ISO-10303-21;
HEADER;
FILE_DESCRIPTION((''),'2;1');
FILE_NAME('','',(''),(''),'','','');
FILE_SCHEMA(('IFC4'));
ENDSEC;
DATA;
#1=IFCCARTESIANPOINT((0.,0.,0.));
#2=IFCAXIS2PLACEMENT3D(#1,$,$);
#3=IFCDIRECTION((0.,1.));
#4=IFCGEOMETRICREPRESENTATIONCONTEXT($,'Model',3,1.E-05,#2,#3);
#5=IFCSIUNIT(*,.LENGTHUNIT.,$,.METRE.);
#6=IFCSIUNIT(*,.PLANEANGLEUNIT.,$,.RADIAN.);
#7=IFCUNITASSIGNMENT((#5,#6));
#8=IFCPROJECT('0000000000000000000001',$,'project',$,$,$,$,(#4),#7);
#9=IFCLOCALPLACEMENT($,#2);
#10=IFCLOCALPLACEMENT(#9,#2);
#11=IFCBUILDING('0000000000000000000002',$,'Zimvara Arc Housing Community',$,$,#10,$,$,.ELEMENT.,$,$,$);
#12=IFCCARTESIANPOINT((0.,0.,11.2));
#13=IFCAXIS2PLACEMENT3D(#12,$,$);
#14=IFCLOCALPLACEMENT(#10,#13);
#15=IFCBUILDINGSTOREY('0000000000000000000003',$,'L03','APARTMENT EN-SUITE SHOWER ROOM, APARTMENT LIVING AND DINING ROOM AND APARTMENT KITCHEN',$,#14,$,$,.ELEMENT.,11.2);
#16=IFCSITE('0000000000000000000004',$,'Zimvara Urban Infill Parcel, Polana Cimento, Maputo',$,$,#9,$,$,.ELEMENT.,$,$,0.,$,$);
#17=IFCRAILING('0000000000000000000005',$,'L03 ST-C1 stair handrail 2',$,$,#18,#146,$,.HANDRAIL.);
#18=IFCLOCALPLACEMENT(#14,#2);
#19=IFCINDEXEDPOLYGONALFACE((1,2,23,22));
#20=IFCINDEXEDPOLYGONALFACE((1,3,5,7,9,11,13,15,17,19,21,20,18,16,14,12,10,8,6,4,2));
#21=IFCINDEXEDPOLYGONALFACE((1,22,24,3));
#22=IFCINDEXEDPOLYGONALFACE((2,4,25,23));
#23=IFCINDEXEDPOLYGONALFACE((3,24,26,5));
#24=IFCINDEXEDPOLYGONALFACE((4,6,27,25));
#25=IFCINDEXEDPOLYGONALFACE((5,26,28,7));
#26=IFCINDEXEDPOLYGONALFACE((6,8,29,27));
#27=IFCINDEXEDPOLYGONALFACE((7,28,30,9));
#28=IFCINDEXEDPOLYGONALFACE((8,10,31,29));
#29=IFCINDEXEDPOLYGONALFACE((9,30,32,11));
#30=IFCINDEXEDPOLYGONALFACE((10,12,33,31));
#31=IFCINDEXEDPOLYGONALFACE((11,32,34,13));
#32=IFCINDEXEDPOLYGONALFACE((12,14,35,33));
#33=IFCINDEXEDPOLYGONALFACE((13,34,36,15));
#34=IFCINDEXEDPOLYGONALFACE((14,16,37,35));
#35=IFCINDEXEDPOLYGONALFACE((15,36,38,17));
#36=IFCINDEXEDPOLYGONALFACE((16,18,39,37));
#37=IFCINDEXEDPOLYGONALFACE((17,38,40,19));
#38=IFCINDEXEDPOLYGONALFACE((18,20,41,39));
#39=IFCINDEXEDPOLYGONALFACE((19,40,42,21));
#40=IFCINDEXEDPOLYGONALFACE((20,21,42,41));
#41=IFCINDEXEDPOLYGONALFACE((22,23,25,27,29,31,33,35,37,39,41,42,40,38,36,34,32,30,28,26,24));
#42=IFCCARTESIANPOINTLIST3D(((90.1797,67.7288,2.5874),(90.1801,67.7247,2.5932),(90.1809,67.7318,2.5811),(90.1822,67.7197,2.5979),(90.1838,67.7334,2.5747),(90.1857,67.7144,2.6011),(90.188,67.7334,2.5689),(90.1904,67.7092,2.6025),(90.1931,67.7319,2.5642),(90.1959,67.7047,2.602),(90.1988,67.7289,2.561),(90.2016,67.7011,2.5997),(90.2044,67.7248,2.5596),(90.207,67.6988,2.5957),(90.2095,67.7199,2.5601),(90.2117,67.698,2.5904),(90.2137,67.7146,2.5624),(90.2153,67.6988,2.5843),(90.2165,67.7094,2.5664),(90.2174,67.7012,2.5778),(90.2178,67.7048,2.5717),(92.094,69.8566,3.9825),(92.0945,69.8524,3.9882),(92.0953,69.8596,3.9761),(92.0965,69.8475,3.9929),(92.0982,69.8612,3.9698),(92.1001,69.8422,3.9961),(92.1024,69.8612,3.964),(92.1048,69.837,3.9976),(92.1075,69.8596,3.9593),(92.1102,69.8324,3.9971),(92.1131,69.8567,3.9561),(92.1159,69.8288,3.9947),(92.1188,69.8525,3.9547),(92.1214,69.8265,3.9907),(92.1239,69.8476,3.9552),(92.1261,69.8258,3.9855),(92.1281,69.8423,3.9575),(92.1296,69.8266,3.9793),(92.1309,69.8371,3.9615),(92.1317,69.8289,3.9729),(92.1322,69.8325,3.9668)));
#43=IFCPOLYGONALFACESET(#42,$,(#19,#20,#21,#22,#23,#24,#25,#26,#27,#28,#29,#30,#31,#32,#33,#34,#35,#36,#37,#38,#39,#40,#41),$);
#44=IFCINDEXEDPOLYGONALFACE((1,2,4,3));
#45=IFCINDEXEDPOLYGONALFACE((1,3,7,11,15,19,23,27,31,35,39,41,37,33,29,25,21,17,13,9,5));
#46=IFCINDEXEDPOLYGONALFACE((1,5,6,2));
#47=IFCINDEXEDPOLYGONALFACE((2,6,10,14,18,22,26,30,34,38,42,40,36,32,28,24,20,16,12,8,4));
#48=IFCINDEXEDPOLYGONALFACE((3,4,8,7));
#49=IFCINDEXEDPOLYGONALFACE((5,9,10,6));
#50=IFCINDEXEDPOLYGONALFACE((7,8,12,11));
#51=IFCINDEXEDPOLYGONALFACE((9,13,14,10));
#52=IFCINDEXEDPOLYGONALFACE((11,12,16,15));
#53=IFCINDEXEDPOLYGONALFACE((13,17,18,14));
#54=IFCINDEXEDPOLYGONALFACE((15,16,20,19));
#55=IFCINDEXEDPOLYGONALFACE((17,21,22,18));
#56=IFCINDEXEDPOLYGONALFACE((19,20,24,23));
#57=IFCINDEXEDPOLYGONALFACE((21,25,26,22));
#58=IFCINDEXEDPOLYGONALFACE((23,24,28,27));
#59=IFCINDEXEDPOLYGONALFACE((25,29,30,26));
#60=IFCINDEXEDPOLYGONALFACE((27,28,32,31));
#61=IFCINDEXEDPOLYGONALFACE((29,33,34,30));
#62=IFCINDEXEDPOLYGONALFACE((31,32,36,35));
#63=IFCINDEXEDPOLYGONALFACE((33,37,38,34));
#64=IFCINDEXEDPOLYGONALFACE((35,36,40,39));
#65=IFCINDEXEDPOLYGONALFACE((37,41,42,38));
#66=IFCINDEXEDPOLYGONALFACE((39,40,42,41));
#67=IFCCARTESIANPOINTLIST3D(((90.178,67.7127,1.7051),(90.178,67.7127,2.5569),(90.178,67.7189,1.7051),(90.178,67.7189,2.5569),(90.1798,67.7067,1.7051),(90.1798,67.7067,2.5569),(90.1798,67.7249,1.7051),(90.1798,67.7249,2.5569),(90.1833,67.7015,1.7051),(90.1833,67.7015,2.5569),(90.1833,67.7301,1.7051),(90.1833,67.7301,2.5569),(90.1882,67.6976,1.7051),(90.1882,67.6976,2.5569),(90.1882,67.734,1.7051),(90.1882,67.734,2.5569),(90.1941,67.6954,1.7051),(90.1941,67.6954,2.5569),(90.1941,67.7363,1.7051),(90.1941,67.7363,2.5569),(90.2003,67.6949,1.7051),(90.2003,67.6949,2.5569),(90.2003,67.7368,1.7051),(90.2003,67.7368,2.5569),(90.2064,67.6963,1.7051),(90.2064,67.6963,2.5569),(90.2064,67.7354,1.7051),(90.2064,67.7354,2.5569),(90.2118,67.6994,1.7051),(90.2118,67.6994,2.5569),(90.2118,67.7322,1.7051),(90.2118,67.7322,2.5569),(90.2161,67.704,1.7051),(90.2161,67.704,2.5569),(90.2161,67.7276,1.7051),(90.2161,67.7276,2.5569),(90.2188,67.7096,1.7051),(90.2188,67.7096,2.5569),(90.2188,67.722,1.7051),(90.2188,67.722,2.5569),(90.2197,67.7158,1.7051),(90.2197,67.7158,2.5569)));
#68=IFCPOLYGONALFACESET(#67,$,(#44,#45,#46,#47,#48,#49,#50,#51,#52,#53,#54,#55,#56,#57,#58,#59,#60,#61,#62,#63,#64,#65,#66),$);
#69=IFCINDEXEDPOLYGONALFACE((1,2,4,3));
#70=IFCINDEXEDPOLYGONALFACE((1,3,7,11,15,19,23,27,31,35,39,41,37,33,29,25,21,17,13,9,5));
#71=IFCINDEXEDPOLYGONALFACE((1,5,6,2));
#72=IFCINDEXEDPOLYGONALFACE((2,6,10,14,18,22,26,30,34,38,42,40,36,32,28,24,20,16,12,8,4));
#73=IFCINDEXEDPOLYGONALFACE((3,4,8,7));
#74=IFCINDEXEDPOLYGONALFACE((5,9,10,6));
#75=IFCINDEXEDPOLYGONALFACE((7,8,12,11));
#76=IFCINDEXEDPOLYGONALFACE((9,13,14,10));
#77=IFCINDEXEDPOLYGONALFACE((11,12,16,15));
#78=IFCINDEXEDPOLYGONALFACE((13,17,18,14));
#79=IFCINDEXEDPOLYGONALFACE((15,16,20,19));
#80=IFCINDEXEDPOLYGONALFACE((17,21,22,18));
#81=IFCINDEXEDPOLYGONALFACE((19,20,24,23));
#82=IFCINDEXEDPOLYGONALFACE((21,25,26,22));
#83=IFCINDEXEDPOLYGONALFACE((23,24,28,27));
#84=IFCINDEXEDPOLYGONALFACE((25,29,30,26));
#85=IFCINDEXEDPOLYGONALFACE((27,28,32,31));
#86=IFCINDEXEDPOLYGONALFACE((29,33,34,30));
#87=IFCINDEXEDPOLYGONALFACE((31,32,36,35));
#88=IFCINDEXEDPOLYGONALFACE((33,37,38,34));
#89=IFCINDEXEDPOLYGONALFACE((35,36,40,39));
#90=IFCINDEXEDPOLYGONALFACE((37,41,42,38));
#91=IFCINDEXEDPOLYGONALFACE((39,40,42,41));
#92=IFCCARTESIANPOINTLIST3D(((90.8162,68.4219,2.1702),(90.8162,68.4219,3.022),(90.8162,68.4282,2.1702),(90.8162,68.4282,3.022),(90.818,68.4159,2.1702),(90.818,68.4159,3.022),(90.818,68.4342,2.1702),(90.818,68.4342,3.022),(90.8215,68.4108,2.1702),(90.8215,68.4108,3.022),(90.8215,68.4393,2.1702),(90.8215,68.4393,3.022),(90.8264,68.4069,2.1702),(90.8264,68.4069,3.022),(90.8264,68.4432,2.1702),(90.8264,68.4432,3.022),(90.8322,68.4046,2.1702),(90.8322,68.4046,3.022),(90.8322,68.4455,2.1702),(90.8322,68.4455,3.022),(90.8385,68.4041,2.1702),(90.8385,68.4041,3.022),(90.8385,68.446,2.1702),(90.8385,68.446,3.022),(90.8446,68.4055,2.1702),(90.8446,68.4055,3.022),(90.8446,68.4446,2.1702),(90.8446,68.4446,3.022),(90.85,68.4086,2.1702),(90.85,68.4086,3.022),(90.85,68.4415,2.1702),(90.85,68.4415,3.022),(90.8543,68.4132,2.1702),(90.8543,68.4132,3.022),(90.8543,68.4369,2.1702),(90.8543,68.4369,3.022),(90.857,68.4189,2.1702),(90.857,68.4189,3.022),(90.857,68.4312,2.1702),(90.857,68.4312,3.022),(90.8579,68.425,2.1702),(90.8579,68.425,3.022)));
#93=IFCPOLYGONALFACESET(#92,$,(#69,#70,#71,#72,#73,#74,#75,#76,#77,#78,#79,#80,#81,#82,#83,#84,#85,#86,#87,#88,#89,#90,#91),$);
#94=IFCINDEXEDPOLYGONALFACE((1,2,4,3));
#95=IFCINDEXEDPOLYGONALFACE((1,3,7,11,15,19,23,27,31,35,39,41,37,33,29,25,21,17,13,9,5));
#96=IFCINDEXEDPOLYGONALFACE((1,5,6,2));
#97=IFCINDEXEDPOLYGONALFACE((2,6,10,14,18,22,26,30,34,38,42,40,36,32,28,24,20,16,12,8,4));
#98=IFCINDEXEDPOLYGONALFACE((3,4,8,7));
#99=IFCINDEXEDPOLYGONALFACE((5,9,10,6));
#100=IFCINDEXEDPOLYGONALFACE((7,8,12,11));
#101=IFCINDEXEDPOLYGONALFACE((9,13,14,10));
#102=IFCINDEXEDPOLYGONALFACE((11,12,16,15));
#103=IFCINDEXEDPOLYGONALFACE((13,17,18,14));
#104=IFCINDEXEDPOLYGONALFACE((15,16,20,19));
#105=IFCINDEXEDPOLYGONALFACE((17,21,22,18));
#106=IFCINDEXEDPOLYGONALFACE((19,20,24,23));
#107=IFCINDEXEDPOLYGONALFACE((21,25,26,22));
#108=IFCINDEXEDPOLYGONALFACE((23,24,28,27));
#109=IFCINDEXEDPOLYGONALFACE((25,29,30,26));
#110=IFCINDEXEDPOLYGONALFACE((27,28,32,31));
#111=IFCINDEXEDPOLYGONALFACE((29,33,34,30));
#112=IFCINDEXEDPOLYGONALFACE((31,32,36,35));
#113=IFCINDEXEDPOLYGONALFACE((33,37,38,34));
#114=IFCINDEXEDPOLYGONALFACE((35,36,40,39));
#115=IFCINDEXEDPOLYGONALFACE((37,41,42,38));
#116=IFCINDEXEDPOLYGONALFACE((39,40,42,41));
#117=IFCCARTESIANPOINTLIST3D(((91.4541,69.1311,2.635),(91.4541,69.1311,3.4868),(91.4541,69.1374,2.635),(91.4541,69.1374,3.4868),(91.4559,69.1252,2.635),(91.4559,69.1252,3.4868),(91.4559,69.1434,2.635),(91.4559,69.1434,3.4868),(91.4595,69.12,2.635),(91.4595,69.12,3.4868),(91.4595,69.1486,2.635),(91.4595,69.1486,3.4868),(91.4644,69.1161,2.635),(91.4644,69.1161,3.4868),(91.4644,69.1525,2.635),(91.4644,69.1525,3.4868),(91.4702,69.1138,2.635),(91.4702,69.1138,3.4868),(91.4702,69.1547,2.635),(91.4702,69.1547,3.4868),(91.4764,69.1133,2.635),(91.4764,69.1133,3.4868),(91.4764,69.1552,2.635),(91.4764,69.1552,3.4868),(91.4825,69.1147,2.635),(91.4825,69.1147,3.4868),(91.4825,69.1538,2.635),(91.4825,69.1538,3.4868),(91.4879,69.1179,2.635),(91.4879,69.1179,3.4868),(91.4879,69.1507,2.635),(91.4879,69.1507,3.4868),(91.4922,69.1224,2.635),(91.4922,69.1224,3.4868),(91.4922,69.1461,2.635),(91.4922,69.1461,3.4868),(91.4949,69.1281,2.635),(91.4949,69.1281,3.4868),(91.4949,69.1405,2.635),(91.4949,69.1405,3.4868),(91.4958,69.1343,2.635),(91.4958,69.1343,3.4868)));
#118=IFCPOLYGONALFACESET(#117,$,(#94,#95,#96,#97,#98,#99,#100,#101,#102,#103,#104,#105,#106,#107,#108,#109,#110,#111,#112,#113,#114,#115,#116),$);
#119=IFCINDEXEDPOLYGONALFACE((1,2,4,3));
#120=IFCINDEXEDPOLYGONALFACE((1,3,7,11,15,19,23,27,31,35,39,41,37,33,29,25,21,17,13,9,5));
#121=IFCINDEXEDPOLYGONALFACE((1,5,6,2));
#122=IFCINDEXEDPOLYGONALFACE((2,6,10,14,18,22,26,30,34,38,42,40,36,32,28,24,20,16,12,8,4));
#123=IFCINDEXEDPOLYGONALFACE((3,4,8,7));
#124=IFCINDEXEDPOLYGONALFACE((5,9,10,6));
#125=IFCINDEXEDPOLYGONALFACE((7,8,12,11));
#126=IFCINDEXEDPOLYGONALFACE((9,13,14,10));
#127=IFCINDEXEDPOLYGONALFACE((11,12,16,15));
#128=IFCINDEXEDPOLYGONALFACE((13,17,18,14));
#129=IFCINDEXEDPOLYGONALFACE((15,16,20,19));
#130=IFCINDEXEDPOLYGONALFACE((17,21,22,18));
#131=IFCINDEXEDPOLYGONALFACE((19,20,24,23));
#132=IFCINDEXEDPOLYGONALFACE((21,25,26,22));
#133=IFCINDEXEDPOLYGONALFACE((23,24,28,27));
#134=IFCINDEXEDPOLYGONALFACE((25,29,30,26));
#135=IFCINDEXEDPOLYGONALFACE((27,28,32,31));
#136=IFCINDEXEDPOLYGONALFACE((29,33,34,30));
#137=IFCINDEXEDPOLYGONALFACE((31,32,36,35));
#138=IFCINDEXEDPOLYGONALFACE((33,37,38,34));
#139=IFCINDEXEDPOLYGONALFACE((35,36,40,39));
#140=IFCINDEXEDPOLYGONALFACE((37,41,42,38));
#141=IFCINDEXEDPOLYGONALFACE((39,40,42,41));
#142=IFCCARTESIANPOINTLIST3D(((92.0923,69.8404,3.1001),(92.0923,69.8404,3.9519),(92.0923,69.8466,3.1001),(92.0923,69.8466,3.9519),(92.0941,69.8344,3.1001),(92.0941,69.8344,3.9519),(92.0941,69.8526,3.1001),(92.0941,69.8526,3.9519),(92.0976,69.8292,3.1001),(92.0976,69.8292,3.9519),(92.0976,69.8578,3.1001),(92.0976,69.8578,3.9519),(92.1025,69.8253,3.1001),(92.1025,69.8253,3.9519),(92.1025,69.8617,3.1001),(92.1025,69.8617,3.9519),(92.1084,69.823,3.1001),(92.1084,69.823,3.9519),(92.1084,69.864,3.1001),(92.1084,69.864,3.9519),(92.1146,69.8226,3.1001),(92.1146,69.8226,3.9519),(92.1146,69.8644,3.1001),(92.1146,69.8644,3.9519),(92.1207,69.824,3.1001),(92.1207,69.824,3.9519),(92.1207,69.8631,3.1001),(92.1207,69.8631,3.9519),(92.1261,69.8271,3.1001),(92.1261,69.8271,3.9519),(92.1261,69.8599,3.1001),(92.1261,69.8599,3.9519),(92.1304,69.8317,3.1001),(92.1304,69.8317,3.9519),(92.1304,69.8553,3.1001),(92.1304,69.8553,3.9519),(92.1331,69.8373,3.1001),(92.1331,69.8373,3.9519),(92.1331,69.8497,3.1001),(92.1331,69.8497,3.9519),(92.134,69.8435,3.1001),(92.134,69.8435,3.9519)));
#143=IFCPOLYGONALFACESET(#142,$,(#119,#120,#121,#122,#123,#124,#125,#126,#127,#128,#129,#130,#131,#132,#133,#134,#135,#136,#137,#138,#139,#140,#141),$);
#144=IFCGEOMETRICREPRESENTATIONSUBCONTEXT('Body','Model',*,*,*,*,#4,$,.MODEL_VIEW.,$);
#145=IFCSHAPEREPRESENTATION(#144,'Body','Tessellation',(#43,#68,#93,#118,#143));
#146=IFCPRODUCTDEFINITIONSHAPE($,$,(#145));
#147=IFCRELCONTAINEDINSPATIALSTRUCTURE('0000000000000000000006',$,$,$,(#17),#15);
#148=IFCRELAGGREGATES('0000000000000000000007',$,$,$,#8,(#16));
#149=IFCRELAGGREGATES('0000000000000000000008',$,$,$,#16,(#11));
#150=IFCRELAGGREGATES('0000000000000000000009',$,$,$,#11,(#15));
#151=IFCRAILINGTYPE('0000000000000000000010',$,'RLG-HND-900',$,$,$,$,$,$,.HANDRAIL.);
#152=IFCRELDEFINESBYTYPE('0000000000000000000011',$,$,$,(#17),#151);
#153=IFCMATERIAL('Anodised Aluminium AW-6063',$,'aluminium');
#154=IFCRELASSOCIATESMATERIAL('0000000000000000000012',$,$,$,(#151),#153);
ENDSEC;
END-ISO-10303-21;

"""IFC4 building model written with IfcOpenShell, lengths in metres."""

from ifc_helpers import new_model, si_unit, direction, frame, origin, origin_2d, place, context, subcontext, project, spatial, circle, extrude, material, type_object, element, save


model = new_model("IFC4")

# Units and contexts
model_context = context("Model", 3, precision=1e-05, world=origin(), true_north=direction((0.0, 1.0)))
body_context = subcontext(model_context, "Body", "Model", "MODEL_VIEW")
ifc_project = project(units=[si_unit("LENGTHUNIT", "METRE"), si_unit("PLANEANGLEUNIT", "RADIAN")], contexts=[model_context])

# Site, building, storey
site_placement = place(None, origin())
site = spatial("IfcSite", under=ifc_project, at=site_placement, Name="Zimvara Urban Infill Parcel, Polana Cimento, Maputo", CompositionType="ELEMENT", RefElevation=0.0)
building_placement = place(site_placement, origin())
building = spatial("IfcBuilding", under=site, at=building_placement, Name="Zimvara Arc Housing Community", CompositionType="ELEMENT")
storey_placement = place(building_placement, frame((0.0, 0.0, 11.2)))
storey = spatial("IfcBuildingStorey", under=building, at=storey_placement, Name="L03", Description="APARTMENT EN-SUITE SHOWER ROOM, APARTMENT LIVING AND DINING ROOM AND APARTMENT KITCHEN", CompositionType="ELEMENT", Elevation=11.2)

# Railing
ifc_material_1 = material(Name="Anodised Aluminium AW-6063", Category="aluminium")
railing_type_1 = type_object("IfcRailingType", Name="RLG-HND-900", PredefinedType="HANDRAIL", material=ifc_material_1)
railing_1_placement = place(storey_placement, frame((90.1987, 67.7158, 1.7051)))
element("IfcRailing", 1, at=railing_1_placement, inside=storey, type_object=railing_type_1, Name="L03 ST-C1 stair handrail 2", PredefinedType="HANDRAIL", context=body_context, shape_type="SweptSolid", body=[
    extrude(circle(Radius=0.0239, at=origin_2d()), frame((0.0, 0.0, 0.876), z_axis=(0.601232, 0.668248, 0.438138), x_axis=(-0.7434, 0.668847, 0.0)), (0.0, 0.0, 1.0), 3.1841),
    extrude(circle(Radius=0.021, at=origin_2d()), origin(), (0.0, 0.0, 1.0), 0.8518),
    extrude(circle(Radius=0.021, at=origin_2d()), frame((0.6382, 0.7092, 0.4651)), (0.0, 0.0, 1.0), 0.8518),
    extrude(circle(Radius=0.021, at=origin_2d()), frame((1.2761, 1.4185, 0.9299)), (0.0, 0.0, 1.0), 0.8518),
    extrude(circle(Radius=0.021, at=origin_2d()), frame((1.9143, 2.1277, 1.395)), (0.0, 0.0, 1.0), 0.8518),
])

save(model, "model.ifc")
